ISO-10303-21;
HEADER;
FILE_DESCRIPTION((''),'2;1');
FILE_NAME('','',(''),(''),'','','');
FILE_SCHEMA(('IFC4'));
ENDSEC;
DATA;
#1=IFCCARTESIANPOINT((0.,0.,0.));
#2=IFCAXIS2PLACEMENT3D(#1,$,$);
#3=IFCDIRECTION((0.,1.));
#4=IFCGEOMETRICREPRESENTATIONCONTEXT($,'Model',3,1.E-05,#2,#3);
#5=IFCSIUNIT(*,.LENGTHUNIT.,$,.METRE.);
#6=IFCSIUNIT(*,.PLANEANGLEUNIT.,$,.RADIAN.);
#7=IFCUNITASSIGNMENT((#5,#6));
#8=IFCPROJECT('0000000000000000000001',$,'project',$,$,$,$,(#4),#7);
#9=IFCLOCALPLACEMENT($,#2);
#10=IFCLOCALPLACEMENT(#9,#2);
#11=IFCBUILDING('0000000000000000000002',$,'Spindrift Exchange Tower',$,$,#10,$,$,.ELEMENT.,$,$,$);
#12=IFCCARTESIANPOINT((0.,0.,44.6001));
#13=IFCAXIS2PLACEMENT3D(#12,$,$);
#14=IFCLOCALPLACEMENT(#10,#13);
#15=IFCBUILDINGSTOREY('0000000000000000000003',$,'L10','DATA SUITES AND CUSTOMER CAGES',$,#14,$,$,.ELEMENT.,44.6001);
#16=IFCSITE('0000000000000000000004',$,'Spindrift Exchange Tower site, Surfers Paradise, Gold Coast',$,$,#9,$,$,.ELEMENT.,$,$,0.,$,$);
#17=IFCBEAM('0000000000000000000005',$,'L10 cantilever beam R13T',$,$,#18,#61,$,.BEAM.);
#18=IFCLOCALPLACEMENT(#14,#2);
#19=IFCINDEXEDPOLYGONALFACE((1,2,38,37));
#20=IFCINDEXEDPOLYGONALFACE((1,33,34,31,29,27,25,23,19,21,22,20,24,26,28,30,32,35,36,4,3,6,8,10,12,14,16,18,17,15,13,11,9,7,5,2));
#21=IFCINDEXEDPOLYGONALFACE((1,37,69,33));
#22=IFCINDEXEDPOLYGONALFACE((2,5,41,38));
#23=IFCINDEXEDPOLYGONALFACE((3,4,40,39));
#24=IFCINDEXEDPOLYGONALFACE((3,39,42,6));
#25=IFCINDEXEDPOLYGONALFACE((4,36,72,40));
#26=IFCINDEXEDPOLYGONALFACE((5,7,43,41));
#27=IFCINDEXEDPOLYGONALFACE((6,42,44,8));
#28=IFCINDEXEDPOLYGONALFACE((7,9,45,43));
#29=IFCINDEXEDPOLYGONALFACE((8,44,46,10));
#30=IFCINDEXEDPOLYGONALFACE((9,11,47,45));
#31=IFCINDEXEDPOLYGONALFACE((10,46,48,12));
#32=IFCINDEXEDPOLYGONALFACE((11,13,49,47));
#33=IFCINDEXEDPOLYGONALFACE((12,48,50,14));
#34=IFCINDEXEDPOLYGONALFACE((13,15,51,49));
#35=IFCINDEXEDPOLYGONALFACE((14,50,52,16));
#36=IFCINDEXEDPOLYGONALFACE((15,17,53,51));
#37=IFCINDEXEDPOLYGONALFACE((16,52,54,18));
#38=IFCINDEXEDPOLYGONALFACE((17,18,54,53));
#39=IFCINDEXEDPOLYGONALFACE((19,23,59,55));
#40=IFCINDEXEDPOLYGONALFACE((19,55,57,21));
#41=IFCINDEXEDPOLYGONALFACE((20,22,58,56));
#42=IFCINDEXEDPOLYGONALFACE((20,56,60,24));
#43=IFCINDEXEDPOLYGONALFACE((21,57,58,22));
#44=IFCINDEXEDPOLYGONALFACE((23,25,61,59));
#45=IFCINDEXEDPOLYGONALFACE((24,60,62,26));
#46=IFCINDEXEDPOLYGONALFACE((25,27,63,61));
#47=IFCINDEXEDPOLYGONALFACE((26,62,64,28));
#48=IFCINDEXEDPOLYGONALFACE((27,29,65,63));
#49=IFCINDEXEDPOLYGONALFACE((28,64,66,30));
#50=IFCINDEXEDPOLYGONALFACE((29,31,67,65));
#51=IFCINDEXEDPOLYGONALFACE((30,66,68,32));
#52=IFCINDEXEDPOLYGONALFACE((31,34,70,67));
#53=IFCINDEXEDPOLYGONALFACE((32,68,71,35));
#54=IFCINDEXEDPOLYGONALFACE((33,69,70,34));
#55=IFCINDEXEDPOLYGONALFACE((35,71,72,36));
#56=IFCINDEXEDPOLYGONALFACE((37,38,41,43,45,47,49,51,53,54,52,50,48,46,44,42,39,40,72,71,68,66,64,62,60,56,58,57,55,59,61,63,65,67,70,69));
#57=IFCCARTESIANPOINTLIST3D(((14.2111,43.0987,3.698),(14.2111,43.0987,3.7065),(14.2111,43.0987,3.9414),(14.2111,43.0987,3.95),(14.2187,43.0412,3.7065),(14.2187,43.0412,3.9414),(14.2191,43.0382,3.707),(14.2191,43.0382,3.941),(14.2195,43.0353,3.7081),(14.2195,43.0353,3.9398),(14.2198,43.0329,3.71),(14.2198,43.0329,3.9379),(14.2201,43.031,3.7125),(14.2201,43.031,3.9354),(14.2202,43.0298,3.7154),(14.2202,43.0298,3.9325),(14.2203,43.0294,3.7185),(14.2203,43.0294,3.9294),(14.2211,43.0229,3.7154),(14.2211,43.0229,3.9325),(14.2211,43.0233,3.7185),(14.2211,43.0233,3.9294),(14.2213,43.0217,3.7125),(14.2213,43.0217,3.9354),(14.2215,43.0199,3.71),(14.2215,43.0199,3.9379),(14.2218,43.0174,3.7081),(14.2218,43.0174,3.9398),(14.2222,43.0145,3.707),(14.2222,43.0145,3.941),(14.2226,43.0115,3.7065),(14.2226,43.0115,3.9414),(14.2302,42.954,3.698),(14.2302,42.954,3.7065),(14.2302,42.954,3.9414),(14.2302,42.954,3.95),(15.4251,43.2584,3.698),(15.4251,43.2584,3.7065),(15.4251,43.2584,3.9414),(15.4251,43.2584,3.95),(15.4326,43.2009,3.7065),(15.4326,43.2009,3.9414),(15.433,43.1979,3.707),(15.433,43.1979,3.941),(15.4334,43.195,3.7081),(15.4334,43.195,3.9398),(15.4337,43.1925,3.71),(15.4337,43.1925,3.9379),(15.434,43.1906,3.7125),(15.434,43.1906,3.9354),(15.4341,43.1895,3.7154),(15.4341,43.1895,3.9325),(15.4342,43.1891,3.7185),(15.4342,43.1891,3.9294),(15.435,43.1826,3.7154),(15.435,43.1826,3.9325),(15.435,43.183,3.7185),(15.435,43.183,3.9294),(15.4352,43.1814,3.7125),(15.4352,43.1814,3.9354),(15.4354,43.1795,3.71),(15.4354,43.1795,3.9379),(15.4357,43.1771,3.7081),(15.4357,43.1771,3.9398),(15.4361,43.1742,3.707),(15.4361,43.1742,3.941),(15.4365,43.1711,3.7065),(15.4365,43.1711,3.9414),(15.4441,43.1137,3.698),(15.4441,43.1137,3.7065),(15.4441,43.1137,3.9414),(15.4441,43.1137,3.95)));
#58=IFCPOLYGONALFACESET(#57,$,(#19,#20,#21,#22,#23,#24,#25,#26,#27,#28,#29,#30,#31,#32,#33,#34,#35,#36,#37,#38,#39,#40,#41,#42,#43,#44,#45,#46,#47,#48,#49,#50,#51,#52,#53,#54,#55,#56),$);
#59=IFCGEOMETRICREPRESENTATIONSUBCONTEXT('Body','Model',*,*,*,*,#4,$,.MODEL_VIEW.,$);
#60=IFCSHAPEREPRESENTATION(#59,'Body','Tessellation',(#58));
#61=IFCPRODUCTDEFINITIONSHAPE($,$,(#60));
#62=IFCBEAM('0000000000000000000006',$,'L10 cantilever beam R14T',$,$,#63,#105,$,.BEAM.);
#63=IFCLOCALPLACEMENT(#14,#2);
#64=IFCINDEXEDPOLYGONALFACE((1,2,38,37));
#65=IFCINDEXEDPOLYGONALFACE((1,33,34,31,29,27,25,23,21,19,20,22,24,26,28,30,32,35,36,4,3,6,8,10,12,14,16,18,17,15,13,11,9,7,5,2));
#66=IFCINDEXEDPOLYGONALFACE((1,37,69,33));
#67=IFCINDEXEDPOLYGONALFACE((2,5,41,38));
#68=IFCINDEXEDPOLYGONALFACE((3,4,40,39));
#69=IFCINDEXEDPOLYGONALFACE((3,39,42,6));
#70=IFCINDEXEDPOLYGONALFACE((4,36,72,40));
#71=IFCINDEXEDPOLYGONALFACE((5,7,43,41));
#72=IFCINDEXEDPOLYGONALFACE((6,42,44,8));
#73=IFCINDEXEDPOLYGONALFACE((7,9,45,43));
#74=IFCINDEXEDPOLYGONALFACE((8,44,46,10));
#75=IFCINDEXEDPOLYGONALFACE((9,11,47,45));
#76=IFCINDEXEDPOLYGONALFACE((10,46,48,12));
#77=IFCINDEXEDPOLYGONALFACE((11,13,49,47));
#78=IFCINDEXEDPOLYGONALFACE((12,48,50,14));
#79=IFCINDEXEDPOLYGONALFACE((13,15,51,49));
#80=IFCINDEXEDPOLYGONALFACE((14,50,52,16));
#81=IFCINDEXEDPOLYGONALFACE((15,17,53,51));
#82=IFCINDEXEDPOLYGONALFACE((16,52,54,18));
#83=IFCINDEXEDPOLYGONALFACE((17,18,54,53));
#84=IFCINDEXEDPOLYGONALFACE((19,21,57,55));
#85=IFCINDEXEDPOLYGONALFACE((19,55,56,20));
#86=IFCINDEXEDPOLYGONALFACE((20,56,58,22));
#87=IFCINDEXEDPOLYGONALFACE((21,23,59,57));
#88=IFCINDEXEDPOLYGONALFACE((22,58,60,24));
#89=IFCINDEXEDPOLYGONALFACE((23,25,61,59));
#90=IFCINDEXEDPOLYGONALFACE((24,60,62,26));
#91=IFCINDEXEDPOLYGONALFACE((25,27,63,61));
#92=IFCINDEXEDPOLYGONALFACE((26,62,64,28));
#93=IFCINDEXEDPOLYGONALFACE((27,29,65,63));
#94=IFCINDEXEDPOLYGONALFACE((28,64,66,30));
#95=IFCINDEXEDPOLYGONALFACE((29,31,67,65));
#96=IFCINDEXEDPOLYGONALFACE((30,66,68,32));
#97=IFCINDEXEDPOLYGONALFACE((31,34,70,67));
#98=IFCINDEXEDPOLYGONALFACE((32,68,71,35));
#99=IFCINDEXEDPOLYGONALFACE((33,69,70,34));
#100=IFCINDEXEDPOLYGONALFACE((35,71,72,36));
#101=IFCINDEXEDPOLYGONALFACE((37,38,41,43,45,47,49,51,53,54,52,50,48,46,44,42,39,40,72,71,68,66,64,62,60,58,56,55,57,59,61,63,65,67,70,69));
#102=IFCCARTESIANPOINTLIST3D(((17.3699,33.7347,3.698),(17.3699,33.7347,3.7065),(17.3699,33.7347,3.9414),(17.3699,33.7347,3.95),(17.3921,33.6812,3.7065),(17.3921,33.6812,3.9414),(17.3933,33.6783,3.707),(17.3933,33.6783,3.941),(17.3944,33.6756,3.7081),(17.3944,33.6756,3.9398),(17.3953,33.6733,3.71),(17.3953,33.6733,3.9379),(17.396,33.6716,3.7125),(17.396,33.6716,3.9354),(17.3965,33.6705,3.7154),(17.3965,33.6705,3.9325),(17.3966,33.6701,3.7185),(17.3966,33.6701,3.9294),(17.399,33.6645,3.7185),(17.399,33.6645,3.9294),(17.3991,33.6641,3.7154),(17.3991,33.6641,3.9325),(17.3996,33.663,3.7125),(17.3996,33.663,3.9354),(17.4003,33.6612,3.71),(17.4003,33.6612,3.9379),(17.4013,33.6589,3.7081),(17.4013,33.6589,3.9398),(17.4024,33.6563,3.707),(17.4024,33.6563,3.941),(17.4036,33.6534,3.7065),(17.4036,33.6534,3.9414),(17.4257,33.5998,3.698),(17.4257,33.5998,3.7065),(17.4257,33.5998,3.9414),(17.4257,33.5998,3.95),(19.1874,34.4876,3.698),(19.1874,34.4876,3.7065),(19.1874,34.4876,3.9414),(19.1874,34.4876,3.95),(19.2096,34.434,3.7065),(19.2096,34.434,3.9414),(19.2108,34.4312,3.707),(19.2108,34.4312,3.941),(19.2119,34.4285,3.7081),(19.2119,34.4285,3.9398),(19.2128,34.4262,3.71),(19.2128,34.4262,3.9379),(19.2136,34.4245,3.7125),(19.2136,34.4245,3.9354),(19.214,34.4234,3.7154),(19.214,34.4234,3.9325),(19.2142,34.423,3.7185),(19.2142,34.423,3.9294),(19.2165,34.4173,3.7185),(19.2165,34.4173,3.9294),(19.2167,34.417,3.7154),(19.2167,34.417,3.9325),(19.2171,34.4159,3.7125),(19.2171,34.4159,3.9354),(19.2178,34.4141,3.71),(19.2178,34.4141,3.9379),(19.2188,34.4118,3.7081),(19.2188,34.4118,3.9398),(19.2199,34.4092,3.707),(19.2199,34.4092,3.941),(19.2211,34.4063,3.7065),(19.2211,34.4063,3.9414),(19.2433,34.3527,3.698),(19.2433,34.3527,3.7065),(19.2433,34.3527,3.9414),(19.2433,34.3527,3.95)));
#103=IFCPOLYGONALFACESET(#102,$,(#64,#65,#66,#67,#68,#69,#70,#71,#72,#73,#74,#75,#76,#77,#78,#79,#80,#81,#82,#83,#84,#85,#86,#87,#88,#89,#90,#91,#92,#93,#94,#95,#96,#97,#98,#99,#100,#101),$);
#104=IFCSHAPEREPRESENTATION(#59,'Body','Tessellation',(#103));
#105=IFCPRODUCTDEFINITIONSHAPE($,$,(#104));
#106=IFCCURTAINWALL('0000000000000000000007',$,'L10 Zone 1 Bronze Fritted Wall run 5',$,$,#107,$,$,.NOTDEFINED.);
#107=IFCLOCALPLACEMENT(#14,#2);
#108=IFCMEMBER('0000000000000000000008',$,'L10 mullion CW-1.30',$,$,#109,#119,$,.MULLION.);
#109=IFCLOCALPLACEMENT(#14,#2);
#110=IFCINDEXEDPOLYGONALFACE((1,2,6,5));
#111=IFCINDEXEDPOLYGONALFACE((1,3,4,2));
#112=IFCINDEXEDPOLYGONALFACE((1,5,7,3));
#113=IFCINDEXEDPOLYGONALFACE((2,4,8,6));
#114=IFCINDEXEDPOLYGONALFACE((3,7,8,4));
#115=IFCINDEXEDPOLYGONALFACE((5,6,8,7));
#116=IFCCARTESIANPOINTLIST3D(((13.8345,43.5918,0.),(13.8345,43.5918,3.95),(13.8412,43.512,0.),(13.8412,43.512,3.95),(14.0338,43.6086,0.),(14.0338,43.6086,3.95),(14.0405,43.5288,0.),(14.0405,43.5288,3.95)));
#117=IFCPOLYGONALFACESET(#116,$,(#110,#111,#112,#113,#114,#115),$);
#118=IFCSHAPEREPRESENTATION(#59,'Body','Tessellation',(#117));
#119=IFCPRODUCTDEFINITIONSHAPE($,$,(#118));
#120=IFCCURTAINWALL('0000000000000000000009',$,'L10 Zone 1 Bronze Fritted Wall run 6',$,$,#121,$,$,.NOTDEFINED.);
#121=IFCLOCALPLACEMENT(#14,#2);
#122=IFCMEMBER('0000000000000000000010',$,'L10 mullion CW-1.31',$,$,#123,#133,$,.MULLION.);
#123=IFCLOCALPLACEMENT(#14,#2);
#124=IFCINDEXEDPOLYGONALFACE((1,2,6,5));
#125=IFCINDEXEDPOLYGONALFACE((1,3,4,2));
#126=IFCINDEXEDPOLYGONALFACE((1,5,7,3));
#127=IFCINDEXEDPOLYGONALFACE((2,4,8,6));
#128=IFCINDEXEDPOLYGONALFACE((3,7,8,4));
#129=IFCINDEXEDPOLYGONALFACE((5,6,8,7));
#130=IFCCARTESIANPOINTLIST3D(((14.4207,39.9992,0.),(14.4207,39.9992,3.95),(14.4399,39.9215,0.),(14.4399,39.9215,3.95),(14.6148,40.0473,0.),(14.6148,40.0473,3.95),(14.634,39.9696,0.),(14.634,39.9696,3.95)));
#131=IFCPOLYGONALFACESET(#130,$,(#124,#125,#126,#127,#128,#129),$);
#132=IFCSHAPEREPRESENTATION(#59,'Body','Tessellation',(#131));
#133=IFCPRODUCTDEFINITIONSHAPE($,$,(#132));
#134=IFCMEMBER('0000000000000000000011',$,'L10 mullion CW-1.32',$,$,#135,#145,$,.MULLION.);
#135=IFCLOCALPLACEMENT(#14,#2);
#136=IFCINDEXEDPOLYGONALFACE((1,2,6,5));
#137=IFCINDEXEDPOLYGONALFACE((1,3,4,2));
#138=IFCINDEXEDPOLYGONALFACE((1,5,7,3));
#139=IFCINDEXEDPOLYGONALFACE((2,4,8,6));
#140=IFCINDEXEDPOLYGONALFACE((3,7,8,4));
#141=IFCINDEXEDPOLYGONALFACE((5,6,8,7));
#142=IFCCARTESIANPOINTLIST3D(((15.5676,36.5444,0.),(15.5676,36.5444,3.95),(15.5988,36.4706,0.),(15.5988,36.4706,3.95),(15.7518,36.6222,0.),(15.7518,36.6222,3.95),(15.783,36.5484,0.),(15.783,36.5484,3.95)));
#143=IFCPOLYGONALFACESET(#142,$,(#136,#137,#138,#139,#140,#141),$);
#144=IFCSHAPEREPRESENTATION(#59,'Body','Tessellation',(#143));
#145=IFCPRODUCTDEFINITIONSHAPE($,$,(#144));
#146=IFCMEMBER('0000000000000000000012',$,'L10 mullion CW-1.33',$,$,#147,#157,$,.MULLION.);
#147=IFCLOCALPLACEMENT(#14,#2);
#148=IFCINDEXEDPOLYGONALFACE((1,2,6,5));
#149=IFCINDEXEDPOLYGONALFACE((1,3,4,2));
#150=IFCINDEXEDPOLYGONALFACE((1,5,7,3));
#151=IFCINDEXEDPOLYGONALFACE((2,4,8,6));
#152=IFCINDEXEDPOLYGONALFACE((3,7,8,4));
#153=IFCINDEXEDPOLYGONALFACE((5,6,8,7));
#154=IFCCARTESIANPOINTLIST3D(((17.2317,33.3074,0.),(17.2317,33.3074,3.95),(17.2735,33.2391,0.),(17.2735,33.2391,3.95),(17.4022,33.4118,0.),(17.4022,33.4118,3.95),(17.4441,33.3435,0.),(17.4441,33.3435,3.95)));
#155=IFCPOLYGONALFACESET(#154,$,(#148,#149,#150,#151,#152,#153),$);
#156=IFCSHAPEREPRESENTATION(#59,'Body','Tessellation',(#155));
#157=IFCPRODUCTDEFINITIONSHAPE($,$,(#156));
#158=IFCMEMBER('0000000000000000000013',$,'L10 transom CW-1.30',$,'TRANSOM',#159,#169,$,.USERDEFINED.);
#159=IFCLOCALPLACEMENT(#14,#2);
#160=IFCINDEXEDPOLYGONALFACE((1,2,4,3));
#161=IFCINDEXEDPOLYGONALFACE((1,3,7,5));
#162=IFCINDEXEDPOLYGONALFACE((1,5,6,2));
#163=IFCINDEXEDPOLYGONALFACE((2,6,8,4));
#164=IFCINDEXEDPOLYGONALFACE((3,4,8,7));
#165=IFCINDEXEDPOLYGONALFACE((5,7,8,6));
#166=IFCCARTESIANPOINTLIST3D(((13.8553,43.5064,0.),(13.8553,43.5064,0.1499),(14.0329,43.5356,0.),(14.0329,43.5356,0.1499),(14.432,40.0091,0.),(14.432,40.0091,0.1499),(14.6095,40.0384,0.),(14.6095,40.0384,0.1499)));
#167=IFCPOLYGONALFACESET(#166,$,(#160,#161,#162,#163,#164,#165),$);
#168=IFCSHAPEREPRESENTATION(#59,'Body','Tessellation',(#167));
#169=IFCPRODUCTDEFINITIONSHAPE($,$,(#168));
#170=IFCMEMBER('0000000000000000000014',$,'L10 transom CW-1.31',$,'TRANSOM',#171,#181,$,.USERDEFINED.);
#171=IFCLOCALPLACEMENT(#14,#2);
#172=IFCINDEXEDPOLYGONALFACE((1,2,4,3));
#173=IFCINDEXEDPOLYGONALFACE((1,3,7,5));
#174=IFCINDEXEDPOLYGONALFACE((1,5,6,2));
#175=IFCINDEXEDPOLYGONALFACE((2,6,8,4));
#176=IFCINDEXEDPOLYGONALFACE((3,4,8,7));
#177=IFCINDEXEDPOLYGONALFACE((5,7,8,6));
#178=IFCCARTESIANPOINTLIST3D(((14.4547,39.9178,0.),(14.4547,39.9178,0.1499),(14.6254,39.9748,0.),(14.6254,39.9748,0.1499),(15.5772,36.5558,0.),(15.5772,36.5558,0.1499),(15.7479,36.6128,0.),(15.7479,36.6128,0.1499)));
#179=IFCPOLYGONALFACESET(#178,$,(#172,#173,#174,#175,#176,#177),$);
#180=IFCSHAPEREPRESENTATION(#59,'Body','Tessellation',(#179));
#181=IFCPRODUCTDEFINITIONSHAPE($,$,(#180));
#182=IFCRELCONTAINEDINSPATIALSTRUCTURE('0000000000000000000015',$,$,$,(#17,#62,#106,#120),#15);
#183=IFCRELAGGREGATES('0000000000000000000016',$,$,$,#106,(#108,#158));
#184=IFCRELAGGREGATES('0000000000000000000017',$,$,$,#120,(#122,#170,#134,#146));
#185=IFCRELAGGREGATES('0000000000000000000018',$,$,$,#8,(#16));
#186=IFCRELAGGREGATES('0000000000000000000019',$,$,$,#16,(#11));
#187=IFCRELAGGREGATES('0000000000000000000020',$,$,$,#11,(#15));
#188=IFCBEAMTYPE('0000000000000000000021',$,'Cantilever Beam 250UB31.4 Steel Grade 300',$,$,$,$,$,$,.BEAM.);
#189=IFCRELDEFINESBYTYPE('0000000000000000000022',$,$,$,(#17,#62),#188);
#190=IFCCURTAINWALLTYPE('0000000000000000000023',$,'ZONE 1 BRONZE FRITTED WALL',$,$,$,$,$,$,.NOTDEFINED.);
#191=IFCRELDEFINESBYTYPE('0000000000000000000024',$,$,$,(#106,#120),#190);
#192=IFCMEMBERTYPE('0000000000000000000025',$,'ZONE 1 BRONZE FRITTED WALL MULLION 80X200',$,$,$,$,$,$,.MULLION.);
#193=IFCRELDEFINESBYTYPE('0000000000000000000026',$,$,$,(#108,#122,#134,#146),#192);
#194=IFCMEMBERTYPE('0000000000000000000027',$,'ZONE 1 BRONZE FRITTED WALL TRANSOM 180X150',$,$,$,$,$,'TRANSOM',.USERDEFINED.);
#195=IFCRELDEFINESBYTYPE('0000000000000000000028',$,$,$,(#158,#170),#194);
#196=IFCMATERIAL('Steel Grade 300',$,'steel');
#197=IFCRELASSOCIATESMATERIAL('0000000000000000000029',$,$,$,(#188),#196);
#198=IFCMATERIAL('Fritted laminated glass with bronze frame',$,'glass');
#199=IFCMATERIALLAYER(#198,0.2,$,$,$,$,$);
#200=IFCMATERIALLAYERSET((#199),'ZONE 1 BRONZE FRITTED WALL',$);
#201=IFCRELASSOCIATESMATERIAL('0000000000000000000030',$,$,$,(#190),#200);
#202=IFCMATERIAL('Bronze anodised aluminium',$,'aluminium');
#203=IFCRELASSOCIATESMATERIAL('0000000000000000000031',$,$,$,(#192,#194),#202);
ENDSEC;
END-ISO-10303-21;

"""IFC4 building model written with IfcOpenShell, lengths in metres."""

from ifc_helpers import new_model, si_unit, direction, frame, origin, origin_2d, place, context, subcontext, project, spatial, rectangle, i_section, extrude, source, transform, mapped, material, layer, layer_set, material_profile, profile_set, type_object, element, aggregate, save


model = new_model("IFC4")

# Units and contexts
model_context = context("Model", 3, precision=1e-05, world=origin(), true_north=direction((0.0, 1.0)))
body_context = subcontext(model_context, "Body", "Model", "MODEL_VIEW")
ifc_project = project(units=[si_unit("LENGTHUNIT", "METRE"), si_unit("PLANEANGLEUNIT", "RADIAN")], contexts=[model_context])

# Site, building, storey
site_placement = place(None, origin())
site = spatial("IfcSite", under=ifc_project, at=site_placement, Name="Spindrift Exchange Tower site, Surfers Paradise, Gold Coast", CompositionType="ELEMENT", RefElevation=0.0)
building_placement = place(site_placement, origin())
building = spatial("IfcBuilding", under=site, at=building_placement, Name="Spindrift Exchange Tower", CompositionType="ELEMENT")
storey_placement = place(building_placement, frame((0.0, 0.0, 44.6001)))
storey = spatial("IfcBuildingStorey", under=building, at=storey_placement, Name="L10", Description="DATA SUITES AND CUSTOMER CAGES", CompositionType="ELEMENT", Elevation=44.6001)

# Beams
ifc_material_1 = material(Name="Steel Grade 300", Category="steel")
ifc_material_profile_1 = material_profile(ifc_material_1, i_section(OverallWidth=0.146, OverallDepth=0.252, WebThickness=0.0061, FlangeThickness=0.0085, FilletRadius=0.012, at=origin_2d()), Name="250UB31.4")
ifc_profile_set_1 = profile_set([ifc_material_profile_1], Name="Steel Grade 300")
beam_type_1 = type_object("IfcBeamType", Name="Cantilever Beam 250UB31.4 Steel Grade 300", PredefinedType="BEAM", material=ifc_profile_set_1)
shared_shape_1 = source(origin(), body_context, "Body", "SweptSolid", [
    extrude(i_section(OverallWidth=0.146, OverallDepth=0.252, WebThickness=0.0061, FlangeThickness=0.0085, FilletRadius=0.012, at=origin_2d()), origin(), (0.0, 0.0, 1.0), 1.2244),
])
beam_1_placement = place(storey_placement, frame((15.4346, 43.186, 3.824), z_axis=(-0.99146, -0.130413, 0.0), x_axis=(0.130413, -0.99146, 0.0)))
element("IfcBeam", 1, at=beam_1_placement, inside=storey, type_object=beam_type_1, Name="L10 cantilever beam R13T", PredefinedType="BEAM", context=body_context, shape_type="MappedRepresentation", body=[
    mapped(shared_shape_1, transform((0.0, 0.0, 0.0), scale=1.0)),
])
shared_shape_2 = source(origin(), body_context, "Body", "SweptSolid", [
    extrude(i_section(OverallWidth=0.146, OverallDepth=0.252, WebThickness=0.0061, FlangeThickness=0.0085, FilletRadius=0.012, at=origin_2d()), origin(), (0.0, 0.0, 1.0), 1.9673),
])
beam_2_placement = place(storey_placement, frame((19.2153, 34.4202, 3.824), z_axis=(-0.923872, -0.382703, 0.0), x_axis=(0.382703, -0.923872, 0.0)))
element("IfcBeam", 2, at=beam_2_placement, inside=storey, type_object=beam_type_1, Name="L10 cantilever beam R14T", PredefinedType="BEAM", context=body_context, shape_type="MappedRepresentation", body=[
    mapped(shared_shape_2, transform((0.0, 0.0, 0.0), scale=1.0)),
])

# Curtain wall, member
ifc_material_2 = material(Name="Fritted laminated glass with bronze frame", Category="glass")
ifc_layer_1 = layer(ifc_material_2, 0.2)
ifc_layer_set_1 = layer_set([ifc_layer_1], Name="ZONE 1 BRONZE FRITTED WALL")
curtain_wall_type = type_object("IfcCurtainWallType", Name="ZONE 1 BRONZE FRITTED WALL", PredefinedType="NOTDEFINED", material=ifc_layer_set_1)
curtain_wall_1_placement = place(storey_placement, origin())
curtain_wall_1 = element("IfcCurtainWall", 3, at=curtain_wall_1_placement, inside=storey, type_object=curtain_wall_type, Name="L10 Zone 1 Bronze Fritted Wall run 5", PredefinedType="NOTDEFINED")
ifc_material_3 = material(Name="Bronze anodised aluminium", Category="aluminium")
ifc_material_profile_2 = material_profile(ifc_material_3, rectangle(XDim=0.0801, YDim=0.2, at=origin_2d()), Name="ZONE 1 BRONZE FRITTED WALL MULLION 80X200")
ifc_profile_set_2 = profile_set([ifc_material_profile_2], Name="Bronze anodised aluminium")
member_type_1 = type_object("IfcMemberType", Name="ZONE 1 BRONZE FRITTED WALL MULLION 80X200", PredefinedType="MULLION", material=ifc_profile_set_2)
shared_shape_3 = source(origin(), body_context, "Body", "SweptSolid", [
    extrude(rectangle(XDim=0.0801, YDim=0.2, at=origin_2d()), origin(), (0.0, 0.0, 1.0), 3.95),
])
member_1_placement = place(storey_placement, frame((13.9375, 43.5603, 0.0), z_axis=(0.0, 0.0, 1.0), x_axis=(0.083892, -0.996475, 0.0)))
member_1 = element("IfcMember", 4, at=member_1_placement, type_object=member_type_1, Name="L10 mullion CW-1.30", PredefinedType="MULLION", context=body_context, shape_type="MappedRepresentation", body=[
    mapped(shared_shape_3, transform((0.0, 0.0, 0.0), scale=1.0)),
])

# Curtain wall, members
curtain_wall_2_placement = place(storey_placement, origin())
curtain_wall_2 = element("IfcCurtainWall", 5, at=curtain_wall_2_placement, inside=storey, type_object=curtain_wall_type, Name="L10 Zone 1 Bronze Fritted Wall run 6", PredefinedType="NOTDEFINED")
member_2_placement = place(storey_placement, frame((14.5273, 39.9844, 0.0), z_axis=(0.0, 0.0, 1.0), x_axis=(0.240476, -0.970655, 0.0)))
member_2 = element("IfcMember", 6, at=member_2_placement, type_object=member_type_1, Name="L10 mullion CW-1.31", PredefinedType="MULLION", context=body_context, shape_type="MappedRepresentation", body=[
    mapped(shared_shape_3, transform((0.0, 0.0, 0.0), scale=1.0)),
])
member_3_placement = place(storey_placement, frame((15.6753, 36.5464, 0.0), z_axis=(0.0, 0.0, 1.0), x_axis=(0.388859, -0.921297, 0.0)))
member_3 = element("IfcMember", 7, at=member_3_placement, type_object=member_type_1, Name="L10 mullion CW-1.32", PredefinedType="MULLION", context=body_context, shape_type="MappedRepresentation", body=[
    mapped(shared_shape_3, transform((0.0, 0.0, 0.0), scale=1.0)),
])
member_4_placement = place(storey_placement, frame((17.3379, 33.3254, 0.0), z_axis=(0.0, 0.0, 1.0), x_axis=(0.522233, -0.852803, 0.0)))
member_4 = element("IfcMember", 8, at=member_4_placement, type_object=member_type_1, Name="L10 mullion CW-1.33", PredefinedType="MULLION", context=body_context, shape_type="MappedRepresentation", body=[
    mapped(shared_shape_3, transform((0.0, 0.0, 0.0), scale=1.0)),
])

# Members
ifc_material_profile_3 = material_profile(ifc_material_3, rectangle(XDim=0.1799, YDim=0.1499, at=origin_2d()), Name="ZONE 1 BRONZE FRITTED WALL TRANSOM 180X150")
ifc_profile_set_3 = profile_set([ifc_material_profile_3], Name="Bronze anodised aluminium")
member_type_2 = type_object("IfcMemberType", Name="ZONE 1 BRONZE FRITTED WALL TRANSOM 180X150", ElementType="TRANSOM", PredefinedType="USERDEFINED", material=ifc_profile_set_3)
shared_shape_4 = source(origin(), body_context, "Body", "SweptSolid", [
    extrude(rectangle(XDim=0.1799, YDim=0.1499, at=origin_2d()), origin(), (0.0, 0.0, 1.0), 3.5444),
])
member_5_placement = place(storey_placement, frame((13.9441, 43.521, 0.075), z_axis=(0.16269, -0.986677, 0.0), x_axis=(0.986677, 0.16269, 0.0)))
member_5 = element("IfcMember", 9, at=member_5_placement, type_object=member_type_2, Name="L10 transom CW-1.30", ObjectType="TRANSOM", PredefinedType="USERDEFINED", context=body_context, shape_type="MappedRepresentation", body=[
    mapped(shared_shape_4, transform((0.0, 0.0, 0.0), scale=1.0)),
])
member_6_placement = place(storey_placement, frame((14.54, 39.9463, 0.075), z_axis=(0.316703, -0.948525, 0.0), x_axis=(0.948525, 0.316703, 0.0)))
member_6 = element("IfcMember", 10, at=member_6_placement, type_object=member_type_2, Name="L10 transom CW-1.31", ObjectType="TRANSOM", PredefinedType="USERDEFINED", context=body_context, shape_type="MappedRepresentation", body=[
    mapped(shared_shape_4, transform((0.0, 0.0, 0.0), scale=1.0)),
])

aggregate(curtain_wall_1, [member_1, member_5])
aggregate(curtain_wall_2, [member_2, member_6, member_3, member_4])

save(model, "model.ifc")
